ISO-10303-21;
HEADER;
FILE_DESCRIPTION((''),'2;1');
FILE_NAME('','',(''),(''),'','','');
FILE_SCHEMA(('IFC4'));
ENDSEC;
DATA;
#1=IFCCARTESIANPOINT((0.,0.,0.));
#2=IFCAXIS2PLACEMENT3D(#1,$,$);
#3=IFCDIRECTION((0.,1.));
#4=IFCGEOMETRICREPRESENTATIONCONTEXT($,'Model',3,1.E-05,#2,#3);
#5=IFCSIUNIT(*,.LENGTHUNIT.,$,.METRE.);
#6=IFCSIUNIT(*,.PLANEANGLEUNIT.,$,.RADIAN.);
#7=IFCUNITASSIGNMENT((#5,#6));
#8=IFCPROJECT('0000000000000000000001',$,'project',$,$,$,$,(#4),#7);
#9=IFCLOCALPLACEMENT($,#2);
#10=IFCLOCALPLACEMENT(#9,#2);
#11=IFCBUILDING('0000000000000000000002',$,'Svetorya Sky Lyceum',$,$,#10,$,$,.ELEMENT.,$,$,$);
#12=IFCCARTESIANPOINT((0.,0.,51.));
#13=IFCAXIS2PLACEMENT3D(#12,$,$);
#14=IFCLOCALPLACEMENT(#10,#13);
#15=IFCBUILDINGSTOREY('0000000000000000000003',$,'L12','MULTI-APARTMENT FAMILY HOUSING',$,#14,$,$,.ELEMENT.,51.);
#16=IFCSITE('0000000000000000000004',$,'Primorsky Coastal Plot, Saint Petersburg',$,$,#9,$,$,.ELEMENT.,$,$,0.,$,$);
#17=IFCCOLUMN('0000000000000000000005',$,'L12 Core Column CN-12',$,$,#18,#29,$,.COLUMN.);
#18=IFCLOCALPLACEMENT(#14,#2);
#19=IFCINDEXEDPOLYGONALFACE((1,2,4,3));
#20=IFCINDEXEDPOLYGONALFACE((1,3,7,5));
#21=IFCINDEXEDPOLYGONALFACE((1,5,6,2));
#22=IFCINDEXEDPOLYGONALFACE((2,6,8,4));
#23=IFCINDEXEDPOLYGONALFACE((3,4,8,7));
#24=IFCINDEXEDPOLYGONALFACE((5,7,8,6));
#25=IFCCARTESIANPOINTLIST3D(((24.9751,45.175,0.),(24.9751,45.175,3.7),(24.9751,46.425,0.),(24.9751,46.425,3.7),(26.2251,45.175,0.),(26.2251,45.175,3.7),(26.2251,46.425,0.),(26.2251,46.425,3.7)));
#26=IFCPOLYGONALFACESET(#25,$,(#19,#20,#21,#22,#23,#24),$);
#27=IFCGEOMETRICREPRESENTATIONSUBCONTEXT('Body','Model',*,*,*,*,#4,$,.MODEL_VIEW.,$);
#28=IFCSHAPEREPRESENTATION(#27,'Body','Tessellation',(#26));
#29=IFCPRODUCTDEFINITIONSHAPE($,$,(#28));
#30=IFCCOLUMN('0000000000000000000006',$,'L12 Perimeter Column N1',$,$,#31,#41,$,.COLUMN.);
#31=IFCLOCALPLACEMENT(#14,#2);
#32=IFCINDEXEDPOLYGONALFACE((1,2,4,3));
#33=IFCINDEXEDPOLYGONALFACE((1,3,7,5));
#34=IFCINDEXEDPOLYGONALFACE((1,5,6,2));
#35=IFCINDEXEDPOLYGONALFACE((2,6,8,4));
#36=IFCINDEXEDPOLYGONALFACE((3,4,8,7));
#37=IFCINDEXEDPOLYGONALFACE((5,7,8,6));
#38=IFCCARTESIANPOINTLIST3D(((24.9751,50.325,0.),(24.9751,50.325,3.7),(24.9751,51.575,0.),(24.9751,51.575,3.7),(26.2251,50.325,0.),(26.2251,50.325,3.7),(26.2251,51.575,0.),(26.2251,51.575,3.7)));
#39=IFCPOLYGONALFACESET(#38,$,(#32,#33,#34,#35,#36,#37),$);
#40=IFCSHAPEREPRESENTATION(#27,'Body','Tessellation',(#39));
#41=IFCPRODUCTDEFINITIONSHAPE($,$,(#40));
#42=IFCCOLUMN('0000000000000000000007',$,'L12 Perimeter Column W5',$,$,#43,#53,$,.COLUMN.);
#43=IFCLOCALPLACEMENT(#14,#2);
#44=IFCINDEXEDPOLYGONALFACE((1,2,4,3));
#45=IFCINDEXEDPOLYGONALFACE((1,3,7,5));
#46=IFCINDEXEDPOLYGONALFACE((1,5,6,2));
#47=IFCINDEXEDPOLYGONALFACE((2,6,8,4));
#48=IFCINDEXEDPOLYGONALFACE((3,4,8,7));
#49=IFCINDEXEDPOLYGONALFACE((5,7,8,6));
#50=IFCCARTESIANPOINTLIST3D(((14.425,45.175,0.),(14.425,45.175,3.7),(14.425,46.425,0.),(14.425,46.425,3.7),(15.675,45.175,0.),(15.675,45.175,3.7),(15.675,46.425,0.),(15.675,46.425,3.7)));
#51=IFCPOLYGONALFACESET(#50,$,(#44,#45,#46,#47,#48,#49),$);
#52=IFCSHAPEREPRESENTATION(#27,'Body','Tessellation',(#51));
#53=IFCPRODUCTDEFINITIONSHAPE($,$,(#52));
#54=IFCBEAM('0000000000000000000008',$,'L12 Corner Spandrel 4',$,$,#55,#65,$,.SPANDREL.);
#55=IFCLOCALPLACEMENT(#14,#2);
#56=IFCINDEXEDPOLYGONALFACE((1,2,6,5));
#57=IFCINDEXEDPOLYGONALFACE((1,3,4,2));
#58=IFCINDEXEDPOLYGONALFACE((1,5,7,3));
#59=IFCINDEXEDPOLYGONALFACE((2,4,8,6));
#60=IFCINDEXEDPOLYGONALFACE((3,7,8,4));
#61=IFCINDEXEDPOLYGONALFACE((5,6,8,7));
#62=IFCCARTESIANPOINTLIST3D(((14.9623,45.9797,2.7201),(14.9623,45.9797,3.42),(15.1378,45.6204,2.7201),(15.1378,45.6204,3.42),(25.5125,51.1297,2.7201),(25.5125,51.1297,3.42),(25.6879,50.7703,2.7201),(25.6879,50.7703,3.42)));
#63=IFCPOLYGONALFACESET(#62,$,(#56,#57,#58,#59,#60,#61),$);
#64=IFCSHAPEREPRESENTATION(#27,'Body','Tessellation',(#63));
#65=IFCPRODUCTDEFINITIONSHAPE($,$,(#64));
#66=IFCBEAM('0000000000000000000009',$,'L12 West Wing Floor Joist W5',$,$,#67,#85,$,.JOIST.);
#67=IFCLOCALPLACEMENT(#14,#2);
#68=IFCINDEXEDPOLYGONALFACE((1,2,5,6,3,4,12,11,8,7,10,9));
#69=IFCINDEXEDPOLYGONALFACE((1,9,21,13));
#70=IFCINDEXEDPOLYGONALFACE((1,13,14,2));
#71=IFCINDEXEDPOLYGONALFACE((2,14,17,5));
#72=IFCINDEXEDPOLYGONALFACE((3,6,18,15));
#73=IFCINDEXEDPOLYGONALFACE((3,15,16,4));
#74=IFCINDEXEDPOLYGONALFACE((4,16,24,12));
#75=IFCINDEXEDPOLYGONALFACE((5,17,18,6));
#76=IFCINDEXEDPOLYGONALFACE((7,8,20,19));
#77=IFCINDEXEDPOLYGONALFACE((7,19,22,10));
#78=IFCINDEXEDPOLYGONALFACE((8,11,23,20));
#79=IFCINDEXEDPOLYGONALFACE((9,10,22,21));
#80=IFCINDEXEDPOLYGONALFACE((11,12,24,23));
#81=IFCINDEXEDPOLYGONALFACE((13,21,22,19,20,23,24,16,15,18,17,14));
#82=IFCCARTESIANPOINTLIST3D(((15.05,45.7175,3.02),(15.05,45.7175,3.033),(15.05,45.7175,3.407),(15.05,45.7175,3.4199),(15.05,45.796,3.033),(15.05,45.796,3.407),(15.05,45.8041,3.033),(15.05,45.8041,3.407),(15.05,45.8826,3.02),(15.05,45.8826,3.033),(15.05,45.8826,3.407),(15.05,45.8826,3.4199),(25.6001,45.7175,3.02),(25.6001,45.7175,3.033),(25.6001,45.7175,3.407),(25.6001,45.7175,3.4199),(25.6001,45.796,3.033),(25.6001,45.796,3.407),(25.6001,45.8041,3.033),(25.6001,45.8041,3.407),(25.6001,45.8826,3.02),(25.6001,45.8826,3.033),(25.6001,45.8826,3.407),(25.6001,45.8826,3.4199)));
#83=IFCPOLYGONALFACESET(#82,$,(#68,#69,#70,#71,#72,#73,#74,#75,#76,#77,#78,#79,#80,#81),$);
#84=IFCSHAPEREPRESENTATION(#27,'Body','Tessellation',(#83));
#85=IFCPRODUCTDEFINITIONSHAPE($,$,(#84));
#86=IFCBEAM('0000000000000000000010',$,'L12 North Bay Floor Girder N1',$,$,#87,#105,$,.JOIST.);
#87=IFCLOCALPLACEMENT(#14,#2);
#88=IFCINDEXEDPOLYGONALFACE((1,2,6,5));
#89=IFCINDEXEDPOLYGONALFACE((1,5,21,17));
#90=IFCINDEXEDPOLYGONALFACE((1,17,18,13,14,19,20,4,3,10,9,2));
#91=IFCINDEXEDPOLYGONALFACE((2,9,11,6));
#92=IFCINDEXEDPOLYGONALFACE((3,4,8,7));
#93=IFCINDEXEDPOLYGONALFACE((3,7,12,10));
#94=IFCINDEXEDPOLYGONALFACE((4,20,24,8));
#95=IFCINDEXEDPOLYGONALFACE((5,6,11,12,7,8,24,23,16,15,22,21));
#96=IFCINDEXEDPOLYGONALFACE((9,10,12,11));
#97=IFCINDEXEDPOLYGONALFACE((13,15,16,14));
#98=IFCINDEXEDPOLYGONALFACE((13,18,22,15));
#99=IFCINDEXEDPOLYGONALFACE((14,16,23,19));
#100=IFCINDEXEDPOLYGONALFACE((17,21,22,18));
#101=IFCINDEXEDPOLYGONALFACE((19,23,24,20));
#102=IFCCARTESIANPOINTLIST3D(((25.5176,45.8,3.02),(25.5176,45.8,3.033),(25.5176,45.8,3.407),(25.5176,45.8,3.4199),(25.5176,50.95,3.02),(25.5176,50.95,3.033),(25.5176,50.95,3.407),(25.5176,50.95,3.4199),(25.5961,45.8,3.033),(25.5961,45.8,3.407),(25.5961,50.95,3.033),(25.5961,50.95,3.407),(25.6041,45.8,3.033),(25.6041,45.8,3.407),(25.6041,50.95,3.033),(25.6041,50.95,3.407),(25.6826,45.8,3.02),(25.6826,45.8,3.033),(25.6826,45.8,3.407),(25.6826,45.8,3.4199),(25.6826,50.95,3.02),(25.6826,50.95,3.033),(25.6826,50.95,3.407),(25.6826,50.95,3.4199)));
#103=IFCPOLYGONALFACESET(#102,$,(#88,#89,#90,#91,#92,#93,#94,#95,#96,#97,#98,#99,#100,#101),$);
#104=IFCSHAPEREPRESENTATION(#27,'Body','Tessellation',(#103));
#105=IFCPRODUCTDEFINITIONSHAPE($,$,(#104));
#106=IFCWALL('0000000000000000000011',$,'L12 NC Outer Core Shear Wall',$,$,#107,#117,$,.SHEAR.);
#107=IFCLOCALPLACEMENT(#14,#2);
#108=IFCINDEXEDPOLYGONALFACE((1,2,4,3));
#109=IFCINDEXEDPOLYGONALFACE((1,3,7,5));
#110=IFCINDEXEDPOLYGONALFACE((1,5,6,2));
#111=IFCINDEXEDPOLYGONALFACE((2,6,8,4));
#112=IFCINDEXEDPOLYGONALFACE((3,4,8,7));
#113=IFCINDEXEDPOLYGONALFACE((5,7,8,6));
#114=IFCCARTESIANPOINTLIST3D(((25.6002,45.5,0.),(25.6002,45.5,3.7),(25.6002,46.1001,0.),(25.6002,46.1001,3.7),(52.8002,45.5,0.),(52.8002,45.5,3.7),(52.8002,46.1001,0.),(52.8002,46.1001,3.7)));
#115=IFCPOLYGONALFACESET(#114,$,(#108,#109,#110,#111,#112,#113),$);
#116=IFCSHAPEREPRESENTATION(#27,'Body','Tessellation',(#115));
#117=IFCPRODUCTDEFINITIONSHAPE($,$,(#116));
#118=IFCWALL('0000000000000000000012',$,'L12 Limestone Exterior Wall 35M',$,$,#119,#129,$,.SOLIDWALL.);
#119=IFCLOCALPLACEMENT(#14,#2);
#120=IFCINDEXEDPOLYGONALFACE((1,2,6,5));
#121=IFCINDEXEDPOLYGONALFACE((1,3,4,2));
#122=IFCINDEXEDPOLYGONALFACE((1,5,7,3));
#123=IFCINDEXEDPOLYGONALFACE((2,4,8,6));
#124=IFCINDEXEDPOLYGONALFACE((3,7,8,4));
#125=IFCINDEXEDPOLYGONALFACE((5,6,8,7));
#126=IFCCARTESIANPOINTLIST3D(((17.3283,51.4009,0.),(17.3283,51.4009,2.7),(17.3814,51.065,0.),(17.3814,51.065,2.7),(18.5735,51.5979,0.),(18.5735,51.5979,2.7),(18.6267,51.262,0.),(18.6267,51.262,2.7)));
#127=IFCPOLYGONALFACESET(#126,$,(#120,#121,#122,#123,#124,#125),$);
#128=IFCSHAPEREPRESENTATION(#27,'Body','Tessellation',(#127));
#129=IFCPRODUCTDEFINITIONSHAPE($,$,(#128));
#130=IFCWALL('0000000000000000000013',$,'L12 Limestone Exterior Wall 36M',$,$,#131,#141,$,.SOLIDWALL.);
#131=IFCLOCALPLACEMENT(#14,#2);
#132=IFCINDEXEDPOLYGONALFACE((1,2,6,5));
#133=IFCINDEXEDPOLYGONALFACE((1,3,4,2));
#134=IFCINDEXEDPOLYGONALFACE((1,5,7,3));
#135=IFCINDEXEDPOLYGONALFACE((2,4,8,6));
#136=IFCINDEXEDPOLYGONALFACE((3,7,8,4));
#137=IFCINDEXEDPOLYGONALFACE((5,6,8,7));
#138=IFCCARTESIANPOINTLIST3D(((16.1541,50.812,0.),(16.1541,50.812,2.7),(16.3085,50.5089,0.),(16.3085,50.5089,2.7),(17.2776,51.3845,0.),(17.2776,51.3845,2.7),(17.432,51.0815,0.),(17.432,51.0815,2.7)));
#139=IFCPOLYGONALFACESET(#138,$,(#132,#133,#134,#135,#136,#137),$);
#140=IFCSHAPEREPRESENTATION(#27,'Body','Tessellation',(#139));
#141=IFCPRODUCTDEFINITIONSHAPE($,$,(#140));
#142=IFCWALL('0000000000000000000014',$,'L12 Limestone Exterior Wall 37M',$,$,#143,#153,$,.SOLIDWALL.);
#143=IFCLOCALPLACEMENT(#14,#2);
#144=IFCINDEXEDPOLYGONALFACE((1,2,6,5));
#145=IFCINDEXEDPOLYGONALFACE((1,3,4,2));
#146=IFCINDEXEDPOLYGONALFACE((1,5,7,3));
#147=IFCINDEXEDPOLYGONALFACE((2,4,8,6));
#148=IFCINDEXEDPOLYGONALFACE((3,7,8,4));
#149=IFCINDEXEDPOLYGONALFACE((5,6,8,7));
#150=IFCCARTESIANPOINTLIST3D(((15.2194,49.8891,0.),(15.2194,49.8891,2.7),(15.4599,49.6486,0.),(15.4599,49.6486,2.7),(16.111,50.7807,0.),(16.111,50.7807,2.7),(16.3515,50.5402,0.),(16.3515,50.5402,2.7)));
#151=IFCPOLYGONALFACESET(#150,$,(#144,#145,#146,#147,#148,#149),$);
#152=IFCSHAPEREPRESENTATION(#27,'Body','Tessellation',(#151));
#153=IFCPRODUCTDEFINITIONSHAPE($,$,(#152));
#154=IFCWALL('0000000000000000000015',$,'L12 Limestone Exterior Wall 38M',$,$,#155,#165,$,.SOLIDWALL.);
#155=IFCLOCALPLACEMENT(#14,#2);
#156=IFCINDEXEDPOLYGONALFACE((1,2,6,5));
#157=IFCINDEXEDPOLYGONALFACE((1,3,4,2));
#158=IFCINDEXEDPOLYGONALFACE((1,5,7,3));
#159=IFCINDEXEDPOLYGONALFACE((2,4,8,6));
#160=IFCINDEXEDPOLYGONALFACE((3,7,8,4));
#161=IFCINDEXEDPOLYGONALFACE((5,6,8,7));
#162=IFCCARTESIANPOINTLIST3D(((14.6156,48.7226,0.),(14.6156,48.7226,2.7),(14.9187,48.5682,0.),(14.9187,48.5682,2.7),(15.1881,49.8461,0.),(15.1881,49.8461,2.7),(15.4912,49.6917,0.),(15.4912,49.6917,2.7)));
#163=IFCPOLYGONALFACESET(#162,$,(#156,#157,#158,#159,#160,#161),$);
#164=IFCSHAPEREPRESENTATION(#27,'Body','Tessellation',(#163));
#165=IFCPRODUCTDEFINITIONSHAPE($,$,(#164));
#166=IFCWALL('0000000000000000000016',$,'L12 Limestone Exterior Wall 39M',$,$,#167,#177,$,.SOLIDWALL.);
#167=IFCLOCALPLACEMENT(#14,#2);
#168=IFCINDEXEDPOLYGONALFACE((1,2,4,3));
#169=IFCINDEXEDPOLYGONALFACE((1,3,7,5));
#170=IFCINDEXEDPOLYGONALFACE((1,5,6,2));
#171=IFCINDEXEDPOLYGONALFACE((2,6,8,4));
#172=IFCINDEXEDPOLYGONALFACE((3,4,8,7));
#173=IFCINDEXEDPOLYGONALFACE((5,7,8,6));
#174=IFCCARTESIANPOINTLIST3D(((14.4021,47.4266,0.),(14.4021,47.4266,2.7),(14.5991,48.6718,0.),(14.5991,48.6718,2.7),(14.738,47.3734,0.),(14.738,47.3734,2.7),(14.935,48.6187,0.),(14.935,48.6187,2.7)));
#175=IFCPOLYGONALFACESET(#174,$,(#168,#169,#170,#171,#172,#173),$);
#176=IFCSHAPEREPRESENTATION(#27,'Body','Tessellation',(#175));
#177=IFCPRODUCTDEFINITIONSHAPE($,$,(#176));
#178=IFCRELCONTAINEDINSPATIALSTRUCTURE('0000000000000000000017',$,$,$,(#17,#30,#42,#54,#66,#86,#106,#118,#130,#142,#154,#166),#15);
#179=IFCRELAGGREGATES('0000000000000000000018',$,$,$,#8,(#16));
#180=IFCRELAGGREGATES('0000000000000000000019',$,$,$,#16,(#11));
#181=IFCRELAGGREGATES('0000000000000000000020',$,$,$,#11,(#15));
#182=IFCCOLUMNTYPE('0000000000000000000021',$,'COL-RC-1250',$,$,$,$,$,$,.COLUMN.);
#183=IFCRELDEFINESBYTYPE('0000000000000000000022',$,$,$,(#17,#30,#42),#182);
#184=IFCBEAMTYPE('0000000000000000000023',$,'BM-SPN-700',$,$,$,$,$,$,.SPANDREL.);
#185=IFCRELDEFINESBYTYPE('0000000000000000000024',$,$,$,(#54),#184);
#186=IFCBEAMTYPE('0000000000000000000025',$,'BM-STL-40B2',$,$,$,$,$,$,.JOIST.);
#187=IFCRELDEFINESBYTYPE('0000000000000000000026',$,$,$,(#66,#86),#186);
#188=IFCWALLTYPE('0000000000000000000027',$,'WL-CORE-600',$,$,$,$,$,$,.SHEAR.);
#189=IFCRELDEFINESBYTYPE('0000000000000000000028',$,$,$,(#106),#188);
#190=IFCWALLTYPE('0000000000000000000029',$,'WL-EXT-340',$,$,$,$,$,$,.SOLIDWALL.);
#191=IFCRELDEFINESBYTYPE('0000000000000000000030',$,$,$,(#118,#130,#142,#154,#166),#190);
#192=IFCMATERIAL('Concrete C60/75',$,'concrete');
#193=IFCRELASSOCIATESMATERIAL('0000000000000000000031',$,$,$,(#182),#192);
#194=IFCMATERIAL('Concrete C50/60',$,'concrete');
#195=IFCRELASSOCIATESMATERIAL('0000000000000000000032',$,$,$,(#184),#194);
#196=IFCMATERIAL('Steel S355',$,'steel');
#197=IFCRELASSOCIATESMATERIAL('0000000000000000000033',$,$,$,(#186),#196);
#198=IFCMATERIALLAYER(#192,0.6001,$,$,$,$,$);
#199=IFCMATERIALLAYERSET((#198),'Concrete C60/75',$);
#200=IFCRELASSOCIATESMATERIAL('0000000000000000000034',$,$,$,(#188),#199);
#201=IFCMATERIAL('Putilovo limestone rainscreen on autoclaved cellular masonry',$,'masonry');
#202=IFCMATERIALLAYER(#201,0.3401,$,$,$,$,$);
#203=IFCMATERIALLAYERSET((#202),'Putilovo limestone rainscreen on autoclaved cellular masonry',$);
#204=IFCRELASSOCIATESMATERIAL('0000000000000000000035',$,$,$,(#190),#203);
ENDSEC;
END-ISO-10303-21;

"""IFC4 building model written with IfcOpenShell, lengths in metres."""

from ifc_helpers import new_model, si_unit, direction, frame, frame_2d, origin, origin_2d, place, context, subcontext, project, spatial, rectangle, i_section, extrude, material, layer, layer_set, material_profile, profile_set, type_object, element, save


model = new_model("IFC4")

# Units and contexts
model_context = context("Model", 3, precision=1e-05, world=origin(), true_north=direction((0.0, 1.0)))
body_context = subcontext(model_context, "Body", "Model", "MODEL_VIEW")
ifc_project = project(units=[si_unit("LENGTHUNIT", "METRE"), si_unit("PLANEANGLEUNIT", "RADIAN")], contexts=[model_context])

# Site, building, storey
site_placement = place(None, origin())
site = spatial("IfcSite", under=ifc_project, at=site_placement, Name="Primorsky Coastal Plot, Saint Petersburg", CompositionType="ELEMENT", RefElevation=0.0)
building_placement = place(site_placement, origin())
building = spatial("IfcBuilding", under=site, at=building_placement, Name="Svetorya Sky Lyceum", CompositionType="ELEMENT")
storey_placement = place(building_placement, frame((0.0, 0.0, 51.0)))
storey = spatial("IfcBuildingStorey", under=building, at=storey_placement, Name="L12", Description="MULTI-APARTMENT FAMILY HOUSING", CompositionType="ELEMENT", Elevation=51.0)

# Columns
ifc_material_1 = material(Name="Concrete C60/75", Category="concrete")
ifc_material_profile_1 = material_profile(ifc_material_1, rectangle(XDim=1.25, YDim=1.25, at=origin_2d()), Name="RC COL 1250x1250")
ifc_profile_set_1 = profile_set([ifc_material_profile_1], Name="Concrete C60/75")
column_type = type_object("IfcColumnType", Name="COL-RC-1250", PredefinedType="COLUMN", material=ifc_profile_set_1)
for number, where, z_axis, x_axis, name in (
    (1, (25.6001, 45.8, 0.0), (0.0, 0.0, 1.0), (1.0, 0.0, 0.0), "L12 Core Column CN-12"),
    (2, (25.6001, 50.95, 0.0), (0.0, 0.0, 1.0), (1.0, 0.0, 0.0), "L12 Perimeter Column N1"),
    (3, (15.05, 45.8, 0.0), (0.0, 0.0, 1.0), (1.0, 0.0, 0.0), "L12 Perimeter Column W5"),
):
    element("IfcColumn", number, at=place(storey_placement, frame(where, z_axis=z_axis, x_axis=x_axis)), inside=storey, type_object=column_type, Name=name, PredefinedType="COLUMN", context=body_context, shape_type="SweptSolid", body=[
        extrude(rectangle(XDim=1.25, YDim=1.25, at=origin_2d()), origin(), (0.0, 0.0, 1.0), 3.7),
    ])

# Beams
ifc_material_2 = material(Name="Concrete C50/60", Category="concrete")
ifc_material_profile_2 = material_profile(ifc_material_2, rectangle(XDim=0.3999, YDim=0.7, at=origin_2d()), Name="RC SPANDREL 400x700")
ifc_profile_set_2 = profile_set([ifc_material_profile_2], Name="Concrete C50/60")
beam_type_1 = type_object("IfcBeamType", Name="BM-SPN-700", PredefinedType="SPANDREL", material=ifc_profile_set_2)
beam_1_placement = place(storey_placement, frame((15.05, 45.8, 3.0701), z_axis=(0.89865, 0.438667, 0.0), x_axis=(-0.438667, 0.89865, 0.0)))
element("IfcBeam", 4, at=beam_1_placement, inside=storey, type_object=beam_type_1, Name="L12 Corner Spandrel 4", PredefinedType="SPANDREL", context=body_context, shape_type="SweptSolid", body=[
    extrude(rectangle(XDim=0.3999, YDim=0.7, at=origin_2d()), origin(), (0.0, 0.0, 1.0), 11.74),
])
ifc_material_3 = material(Name="Steel S355", Category="steel")
ifc_material_profile_3 = material_profile(ifc_material_3, i_section(OverallWidth=0.165, OverallDepth=0.3999, WebThickness=0.0081, FlangeThickness=0.0129, at=origin_2d()), Name="GOST 40B2")
ifc_profile_set_3 = profile_set([ifc_material_profile_3], Name="Steel S355")
beam_type_2 = type_object("IfcBeamType", Name="BM-STL-40B2", PredefinedType="JOIST", material=ifc_profile_set_3)
beam_2_placement = place(storey_placement, frame((15.05, 45.8, 3.22), z_axis=(1.0, 0.0, 0.0), x_axis=(0.0, 1.0, 0.0)))
element("IfcBeam", 5, at=beam_2_placement, inside=storey, type_object=beam_type_2, Name="L12 West Wing Floor Joist W5", PredefinedType="JOIST", context=body_context, shape_type="SweptSolid", body=[
    extrude(i_section(OverallWidth=0.165, OverallDepth=0.3999, WebThickness=0.0081, FlangeThickness=0.0129, at=origin_2d()), origin(), (0.0, 0.0, 1.0), 10.55),
])
beam_3_placement = place(storey_placement, frame((25.6001, 45.8, 3.22), z_axis=(0.0, 1.0, 0.0), x_axis=(-1.0, 0.0, 0.0)))
element("IfcBeam", 6, at=beam_3_placement, inside=storey, type_object=beam_type_2, Name="L12 North Bay Floor Girder N1", PredefinedType="JOIST", context=body_context, shape_type="SweptSolid", body=[
    extrude(i_section(OverallWidth=0.165, OverallDepth=0.3999, WebThickness=0.0081, FlangeThickness=0.0129, at=origin_2d()), origin(), (0.0, 0.0, 1.0), 5.1499),
])

# Walls
ifc_layer_1 = layer(ifc_material_1, 0.6001)
ifc_layer_set_1 = layer_set([ifc_layer_1], Name="Concrete C60/75")
wall_type_1 = type_object("IfcWallType", Name="WL-CORE-600", PredefinedType="SHEAR", material=ifc_layer_set_1)
wall_1_placement = place(storey_placement, frame((25.6001, 45.8, 0.0), z_axis=(0.0, 0.0, 1.0), x_axis=(1.0, 0.0, 0.0)))
element("IfcWall", 7, at=wall_1_placement, inside=storey, type_object=wall_type_1, Name="L12 NC Outer Core Shear Wall", PredefinedType="SHEAR", context=body_context, shape_type="SweptSolid", body=[
    extrude(rectangle(XDim=27.2, YDim=0.6001, at=frame_2d((13.6001, 0.0))), origin(), (0.0, 0.0, 1.0), 3.7),
])
ifc_material_4 = material(Name="Putilovo limestone rainscreen on autoclaved cellular masonry", Category="masonry")
ifc_layer_2 = layer(ifc_material_4, 0.3401)
ifc_layer_set_2 = layer_set([ifc_layer_2], Name="Putilovo limestone rainscreen on autoclaved cellular masonry")
wall_type_2 = type_object("IfcWallType", Name="WL-EXT-340", PredefinedType="SOLIDWALL", material=ifc_layer_set_2)
wall_2_placement = place(storey_placement, frame((18.6001, 51.4299, 0.0), z_axis=(0.0, 0.0, 1.0), x_axis=(-0.987716, -0.156261, 0.0)))
element("IfcWall", 8, at=wall_2_placement, inside=storey, type_object=wall_type_2, Name="L12 Limestone Exterior Wall 35M", PredefinedType="SOLIDWALL", context=body_context, shape_type="SweptSolid", body=[
    extrude(rectangle(XDim=1.2607, YDim=0.3401, at=frame_2d((0.6304, 0.0))), origin(), (0.0, 0.0, 1.0), 2.7),
])
for number, where, z_axis, x_axis, name in (
    (9, (17.3547, 51.2329, 0.0), (0.0, 0.0, 1.0), (-0.890994, -0.454016, 0.0), "L12 Limestone Exterior Wall 36M"),
    (10, (16.2312, 50.6604, 0.0), (0.0, 0.0, 1.0), (-0.707107, -0.707107, 0.0), "L12 Limestone Exterior Wall 37M"),
    (11, (15.3396, 49.7688, 0.0), (0.0, 0.0, 1.0), (-0.454016, -0.890994, 0.0), "L12 Limestone Exterior Wall 38M"),
):
    element("IfcWall", number, at=place(storey_placement, frame(where, z_axis=z_axis, x_axis=x_axis)), inside=storey, type_object=wall_type_2, Name=name, PredefinedType="SOLIDWALL", context=body_context, shape_type="SweptSolid", body=[
        extrude(rectangle(XDim=1.261, YDim=0.3401, at=frame_2d((0.6304, 0.0))), origin(), (0.0, 0.0, 1.0), 2.7),
    ])
wall_3_placement = place(storey_placement, frame((14.7671, 48.6453, 0.0), z_axis=(0.0, 0.0, 1.0), x_axis=(-0.156261, -0.987716, 0.0)))
element("IfcWall", 12, at=wall_3_placement, inside=storey, type_object=wall_type_2, Name="L12 Limestone Exterior Wall 39M", PredefinedType="SOLIDWALL", context=body_context, shape_type="SweptSolid", body=[
    extrude(rectangle(XDim=1.2607, YDim=0.3401, at=frame_2d((0.6304, 0.0))), origin(), (0.0, 0.0, 1.0), 2.7),
])

save(model, "model.ifc")
